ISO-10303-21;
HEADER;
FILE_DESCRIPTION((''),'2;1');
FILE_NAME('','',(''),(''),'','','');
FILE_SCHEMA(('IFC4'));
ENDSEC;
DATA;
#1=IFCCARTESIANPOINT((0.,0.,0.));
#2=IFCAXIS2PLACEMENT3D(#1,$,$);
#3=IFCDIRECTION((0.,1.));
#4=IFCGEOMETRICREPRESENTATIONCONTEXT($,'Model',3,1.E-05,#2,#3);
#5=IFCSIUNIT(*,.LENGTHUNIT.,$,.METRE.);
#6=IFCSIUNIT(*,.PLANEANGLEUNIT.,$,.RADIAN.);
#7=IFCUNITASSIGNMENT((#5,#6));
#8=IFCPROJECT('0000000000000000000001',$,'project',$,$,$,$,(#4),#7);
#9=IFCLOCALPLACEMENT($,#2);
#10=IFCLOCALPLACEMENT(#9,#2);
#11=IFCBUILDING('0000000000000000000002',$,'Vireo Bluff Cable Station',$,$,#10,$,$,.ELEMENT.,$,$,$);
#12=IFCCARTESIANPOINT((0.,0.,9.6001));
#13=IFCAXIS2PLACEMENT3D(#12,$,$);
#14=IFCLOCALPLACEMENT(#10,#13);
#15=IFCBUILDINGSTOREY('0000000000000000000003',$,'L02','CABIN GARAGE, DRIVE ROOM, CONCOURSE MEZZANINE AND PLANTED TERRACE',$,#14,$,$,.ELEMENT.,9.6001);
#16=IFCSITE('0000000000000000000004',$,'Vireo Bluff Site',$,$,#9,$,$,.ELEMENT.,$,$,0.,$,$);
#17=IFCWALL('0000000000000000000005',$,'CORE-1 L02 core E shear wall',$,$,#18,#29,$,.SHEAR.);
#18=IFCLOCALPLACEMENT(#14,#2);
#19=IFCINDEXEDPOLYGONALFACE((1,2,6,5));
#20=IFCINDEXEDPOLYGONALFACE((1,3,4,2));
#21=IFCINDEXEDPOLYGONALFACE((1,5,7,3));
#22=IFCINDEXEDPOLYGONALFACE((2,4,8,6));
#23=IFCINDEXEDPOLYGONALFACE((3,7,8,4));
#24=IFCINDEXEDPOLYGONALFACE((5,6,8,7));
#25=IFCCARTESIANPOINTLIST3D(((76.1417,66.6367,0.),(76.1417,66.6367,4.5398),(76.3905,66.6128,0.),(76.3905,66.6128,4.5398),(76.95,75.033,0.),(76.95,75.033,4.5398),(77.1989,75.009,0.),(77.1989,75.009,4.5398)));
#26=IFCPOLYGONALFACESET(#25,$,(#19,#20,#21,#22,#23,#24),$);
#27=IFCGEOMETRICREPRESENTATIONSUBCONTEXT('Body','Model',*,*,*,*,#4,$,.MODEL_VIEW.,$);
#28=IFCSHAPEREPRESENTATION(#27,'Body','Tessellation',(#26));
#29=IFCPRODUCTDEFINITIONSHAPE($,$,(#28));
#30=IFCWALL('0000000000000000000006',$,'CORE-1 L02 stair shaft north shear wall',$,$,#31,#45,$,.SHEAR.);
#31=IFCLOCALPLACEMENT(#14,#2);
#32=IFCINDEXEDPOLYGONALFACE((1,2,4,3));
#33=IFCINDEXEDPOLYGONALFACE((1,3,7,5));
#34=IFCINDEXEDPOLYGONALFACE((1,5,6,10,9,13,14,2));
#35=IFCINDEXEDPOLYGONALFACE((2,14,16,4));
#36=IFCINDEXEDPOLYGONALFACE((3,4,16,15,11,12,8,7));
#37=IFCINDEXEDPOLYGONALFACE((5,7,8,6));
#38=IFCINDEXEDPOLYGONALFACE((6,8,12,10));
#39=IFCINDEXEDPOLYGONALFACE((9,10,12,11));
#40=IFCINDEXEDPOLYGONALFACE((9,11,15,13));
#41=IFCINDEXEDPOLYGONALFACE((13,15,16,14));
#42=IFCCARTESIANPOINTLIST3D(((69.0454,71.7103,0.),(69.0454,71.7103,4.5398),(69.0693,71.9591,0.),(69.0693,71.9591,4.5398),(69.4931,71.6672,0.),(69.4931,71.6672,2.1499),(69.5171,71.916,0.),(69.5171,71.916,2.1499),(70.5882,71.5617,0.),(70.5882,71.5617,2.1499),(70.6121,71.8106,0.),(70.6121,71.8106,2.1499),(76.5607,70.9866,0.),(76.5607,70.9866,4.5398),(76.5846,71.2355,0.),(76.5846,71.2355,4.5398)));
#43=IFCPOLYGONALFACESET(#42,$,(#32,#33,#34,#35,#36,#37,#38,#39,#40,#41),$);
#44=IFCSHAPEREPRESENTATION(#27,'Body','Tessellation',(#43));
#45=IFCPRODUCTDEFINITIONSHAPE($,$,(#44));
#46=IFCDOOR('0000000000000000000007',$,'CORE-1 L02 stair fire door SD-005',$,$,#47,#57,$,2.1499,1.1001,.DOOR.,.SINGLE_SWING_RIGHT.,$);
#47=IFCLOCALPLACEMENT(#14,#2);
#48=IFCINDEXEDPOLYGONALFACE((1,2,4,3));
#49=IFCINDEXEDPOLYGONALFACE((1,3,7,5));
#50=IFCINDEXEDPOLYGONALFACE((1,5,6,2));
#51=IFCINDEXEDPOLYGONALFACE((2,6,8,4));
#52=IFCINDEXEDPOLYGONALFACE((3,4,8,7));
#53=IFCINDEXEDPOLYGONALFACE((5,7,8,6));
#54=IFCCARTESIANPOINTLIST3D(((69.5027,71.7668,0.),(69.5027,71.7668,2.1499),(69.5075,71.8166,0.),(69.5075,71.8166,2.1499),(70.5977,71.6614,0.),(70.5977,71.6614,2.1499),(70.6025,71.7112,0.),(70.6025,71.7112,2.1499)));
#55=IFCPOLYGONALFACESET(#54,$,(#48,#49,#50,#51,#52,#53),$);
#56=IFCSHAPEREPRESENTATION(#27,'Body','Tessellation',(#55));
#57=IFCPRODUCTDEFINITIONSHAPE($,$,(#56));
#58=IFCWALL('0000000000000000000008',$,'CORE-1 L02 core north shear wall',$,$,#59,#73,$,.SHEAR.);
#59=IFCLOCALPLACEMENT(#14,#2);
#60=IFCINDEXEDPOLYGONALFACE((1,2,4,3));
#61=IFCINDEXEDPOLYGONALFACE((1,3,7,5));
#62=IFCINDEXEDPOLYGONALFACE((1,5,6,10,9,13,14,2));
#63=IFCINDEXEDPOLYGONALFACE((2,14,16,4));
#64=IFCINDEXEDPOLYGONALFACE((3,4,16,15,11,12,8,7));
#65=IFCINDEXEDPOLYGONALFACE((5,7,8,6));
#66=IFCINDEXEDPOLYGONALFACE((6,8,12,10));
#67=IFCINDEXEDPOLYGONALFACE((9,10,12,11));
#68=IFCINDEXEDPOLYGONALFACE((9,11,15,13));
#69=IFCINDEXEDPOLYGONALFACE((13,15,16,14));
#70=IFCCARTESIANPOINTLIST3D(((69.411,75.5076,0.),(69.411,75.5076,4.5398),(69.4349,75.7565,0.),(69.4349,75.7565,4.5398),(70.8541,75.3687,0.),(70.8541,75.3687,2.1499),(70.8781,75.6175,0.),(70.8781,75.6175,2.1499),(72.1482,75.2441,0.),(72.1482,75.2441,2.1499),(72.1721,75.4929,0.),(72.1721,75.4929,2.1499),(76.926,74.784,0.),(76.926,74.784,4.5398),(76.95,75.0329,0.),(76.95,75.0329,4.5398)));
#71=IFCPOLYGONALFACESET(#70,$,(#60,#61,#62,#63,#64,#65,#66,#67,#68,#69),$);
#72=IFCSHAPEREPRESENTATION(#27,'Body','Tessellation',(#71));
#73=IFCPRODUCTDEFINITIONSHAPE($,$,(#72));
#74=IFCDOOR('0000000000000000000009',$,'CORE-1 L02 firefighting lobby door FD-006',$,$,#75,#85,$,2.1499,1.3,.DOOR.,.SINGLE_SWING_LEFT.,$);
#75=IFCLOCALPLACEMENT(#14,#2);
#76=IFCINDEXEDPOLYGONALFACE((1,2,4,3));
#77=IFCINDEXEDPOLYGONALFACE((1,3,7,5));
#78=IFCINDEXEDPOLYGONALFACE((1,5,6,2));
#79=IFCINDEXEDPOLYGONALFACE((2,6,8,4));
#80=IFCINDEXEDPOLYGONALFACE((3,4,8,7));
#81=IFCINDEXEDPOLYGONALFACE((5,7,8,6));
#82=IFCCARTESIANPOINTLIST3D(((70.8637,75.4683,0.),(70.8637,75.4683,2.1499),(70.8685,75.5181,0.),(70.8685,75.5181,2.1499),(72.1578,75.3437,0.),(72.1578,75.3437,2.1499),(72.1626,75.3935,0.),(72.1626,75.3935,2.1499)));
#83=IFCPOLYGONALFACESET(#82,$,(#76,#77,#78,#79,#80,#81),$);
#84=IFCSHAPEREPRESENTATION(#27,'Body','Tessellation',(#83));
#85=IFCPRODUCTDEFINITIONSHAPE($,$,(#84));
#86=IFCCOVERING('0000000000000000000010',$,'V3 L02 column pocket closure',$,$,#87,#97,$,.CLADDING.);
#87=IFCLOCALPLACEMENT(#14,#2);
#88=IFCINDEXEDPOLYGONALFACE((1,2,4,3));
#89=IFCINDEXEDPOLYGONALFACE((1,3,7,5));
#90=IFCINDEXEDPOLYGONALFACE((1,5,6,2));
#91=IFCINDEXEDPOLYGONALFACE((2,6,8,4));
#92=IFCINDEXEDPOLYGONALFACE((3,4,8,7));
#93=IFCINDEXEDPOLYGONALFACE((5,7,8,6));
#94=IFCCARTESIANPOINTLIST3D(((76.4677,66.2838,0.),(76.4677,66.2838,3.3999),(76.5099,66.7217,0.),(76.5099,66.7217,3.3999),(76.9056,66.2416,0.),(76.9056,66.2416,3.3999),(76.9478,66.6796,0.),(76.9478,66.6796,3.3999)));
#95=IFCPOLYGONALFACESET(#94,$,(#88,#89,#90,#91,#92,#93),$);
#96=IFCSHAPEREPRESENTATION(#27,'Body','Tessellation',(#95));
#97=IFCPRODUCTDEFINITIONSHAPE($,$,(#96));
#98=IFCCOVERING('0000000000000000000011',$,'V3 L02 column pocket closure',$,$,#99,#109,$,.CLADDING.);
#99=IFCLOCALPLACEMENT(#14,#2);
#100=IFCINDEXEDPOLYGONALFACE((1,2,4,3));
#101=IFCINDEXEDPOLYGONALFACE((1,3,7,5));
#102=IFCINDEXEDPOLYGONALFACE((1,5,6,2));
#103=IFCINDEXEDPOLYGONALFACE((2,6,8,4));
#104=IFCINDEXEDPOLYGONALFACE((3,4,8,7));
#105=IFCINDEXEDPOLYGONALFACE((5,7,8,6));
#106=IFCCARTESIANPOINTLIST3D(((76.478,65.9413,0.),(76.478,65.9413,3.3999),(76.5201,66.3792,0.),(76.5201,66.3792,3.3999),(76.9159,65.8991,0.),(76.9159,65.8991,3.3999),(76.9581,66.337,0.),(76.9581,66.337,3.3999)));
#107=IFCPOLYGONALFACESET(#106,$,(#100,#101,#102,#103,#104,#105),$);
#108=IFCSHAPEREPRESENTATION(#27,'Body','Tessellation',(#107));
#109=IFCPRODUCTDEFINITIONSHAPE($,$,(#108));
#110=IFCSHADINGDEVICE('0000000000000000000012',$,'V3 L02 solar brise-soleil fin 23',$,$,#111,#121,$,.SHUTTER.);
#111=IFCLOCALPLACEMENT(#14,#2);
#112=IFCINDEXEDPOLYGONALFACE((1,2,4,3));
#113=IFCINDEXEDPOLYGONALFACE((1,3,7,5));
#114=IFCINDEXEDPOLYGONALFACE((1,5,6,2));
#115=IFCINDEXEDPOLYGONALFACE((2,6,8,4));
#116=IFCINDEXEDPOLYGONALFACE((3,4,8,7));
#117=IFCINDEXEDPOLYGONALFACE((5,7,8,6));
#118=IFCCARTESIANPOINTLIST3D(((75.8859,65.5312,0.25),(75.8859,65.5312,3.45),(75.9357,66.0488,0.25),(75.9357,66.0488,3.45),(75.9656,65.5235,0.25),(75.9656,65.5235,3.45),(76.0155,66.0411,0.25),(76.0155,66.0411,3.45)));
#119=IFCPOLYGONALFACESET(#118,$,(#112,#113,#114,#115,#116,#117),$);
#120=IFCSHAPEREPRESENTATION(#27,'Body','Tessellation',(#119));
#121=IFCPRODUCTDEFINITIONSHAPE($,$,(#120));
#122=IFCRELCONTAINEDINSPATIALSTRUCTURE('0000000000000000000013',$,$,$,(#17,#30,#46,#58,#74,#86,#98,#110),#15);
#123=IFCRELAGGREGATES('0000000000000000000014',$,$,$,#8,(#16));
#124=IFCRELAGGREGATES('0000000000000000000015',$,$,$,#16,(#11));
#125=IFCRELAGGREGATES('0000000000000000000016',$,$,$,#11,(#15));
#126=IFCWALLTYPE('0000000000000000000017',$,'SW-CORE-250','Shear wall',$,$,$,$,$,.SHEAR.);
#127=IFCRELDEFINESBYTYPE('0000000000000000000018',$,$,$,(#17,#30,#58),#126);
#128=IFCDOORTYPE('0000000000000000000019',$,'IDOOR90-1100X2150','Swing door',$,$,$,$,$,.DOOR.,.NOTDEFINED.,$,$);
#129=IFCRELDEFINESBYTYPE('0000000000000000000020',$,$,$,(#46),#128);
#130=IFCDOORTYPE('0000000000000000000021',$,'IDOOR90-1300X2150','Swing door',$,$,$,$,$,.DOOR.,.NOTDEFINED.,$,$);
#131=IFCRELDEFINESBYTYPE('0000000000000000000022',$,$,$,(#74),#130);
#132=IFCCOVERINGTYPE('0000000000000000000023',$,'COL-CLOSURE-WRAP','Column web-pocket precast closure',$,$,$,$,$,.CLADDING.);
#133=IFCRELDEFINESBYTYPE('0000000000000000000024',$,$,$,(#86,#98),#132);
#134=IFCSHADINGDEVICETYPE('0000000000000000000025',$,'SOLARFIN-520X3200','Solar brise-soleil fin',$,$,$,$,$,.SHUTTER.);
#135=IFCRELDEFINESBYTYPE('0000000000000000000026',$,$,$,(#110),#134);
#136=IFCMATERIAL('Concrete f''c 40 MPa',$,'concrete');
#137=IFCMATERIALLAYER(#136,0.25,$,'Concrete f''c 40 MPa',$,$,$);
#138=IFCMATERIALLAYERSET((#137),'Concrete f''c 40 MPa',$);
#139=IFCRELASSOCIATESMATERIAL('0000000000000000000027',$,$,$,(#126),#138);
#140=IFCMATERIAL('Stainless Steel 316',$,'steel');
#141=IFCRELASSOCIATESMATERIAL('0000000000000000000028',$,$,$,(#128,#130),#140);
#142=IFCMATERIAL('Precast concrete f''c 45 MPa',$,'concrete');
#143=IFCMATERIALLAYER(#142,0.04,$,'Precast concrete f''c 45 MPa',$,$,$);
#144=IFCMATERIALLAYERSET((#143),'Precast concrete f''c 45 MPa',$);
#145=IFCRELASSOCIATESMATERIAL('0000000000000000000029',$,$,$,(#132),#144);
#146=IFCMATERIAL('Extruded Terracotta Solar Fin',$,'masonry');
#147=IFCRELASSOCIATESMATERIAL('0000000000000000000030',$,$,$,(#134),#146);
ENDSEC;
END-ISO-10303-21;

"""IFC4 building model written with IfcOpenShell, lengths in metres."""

from ifc_helpers import new_model, si_unit, direction, frame, frame_2d, origin, origin_with_axes, origin_2d, place, context, subcontext, project, spatial, rectangle, extrude, material, layer, layer_set, type_object, element, fill, save


model = new_model("IFC4")

# Units and contexts
model_context = context("Model", 3, precision=1e-05, world=origin(), true_north=direction((0.0, 1.0)))
body_context = subcontext(model_context, "Body", "Model", "MODEL_VIEW")
ifc_project = project(units=[si_unit("LENGTHUNIT", "METRE"), si_unit("PLANEANGLEUNIT", "RADIAN")], contexts=[model_context])

# Site, building, storey
site_placement = place(None, origin())
site = spatial("IfcSite", under=ifc_project, at=site_placement, Name="Vireo Bluff Site", CompositionType="ELEMENT", RefElevation=0.0)
building_placement = place(site_placement, origin())
building = spatial("IfcBuilding", under=site, at=building_placement, Name="Vireo Bluff Cable Station", CompositionType="ELEMENT")
storey_placement = place(building_placement, frame((0.0, 0.0, 9.6001)))
storey = spatial("IfcBuildingStorey", under=building, at=storey_placement, Name="L02", Description="CABIN GARAGE, DRIVE ROOM, CONCOURSE MEZZANINE AND PLANTED TERRACE", CompositionType="ELEMENT", Elevation=9.6001)

# Shared definitions
ifc_material_1 = material(Name="Precast concrete f'c 45 MPa", Category="concrete")

# Wall
ifc_material_2 = material(Name="Concrete f'c 40 MPa", Category="concrete")
ifc_layer_1 = layer(ifc_material_2, 0.25, Name="Concrete f'c 40 MPa")
ifc_layer_set_1 = layer_set([ifc_layer_1], Name="Concrete f'c 40 MPa")
wall_type_1 = type_object("IfcWallType", Name="SW-CORE-250", Description="Shear wall", PredefinedType="SHEAR", material=ifc_layer_set_1)
wall_1_placement = place(storey_placement, frame((76.2661, 66.6248, 0.0), z_axis=(0.0, 0.0, 1.0), x_axis=(0.095832, 0.995398, 0.0)))
element("IfcWall", 1, at=wall_1_placement, inside=storey, type_object=wall_type_1, Name="CORE-1 L02 core E shear wall", PredefinedType="SHEAR", context=body_context, shape_type="SweptSolid", body=[
    extrude(rectangle(XDim=8.4351, YDim=0.25, at=frame_2d((4.2175, 0.0))), origin(), (0.0, 0.0, 1.0), 4.5398),
])

# Walls, openings, doors
wall_2_placement = place(storey_placement, frame((76.5725, 71.1111, 0.0), z_axis=(0.0, 0.0, 1.0), x_axis=(-0.995396, 0.095844, 0.0)))
wall_2 = element("IfcWall", 2, at=wall_2_placement, inside=storey, type_object=wall_type_1, Name="CORE-1 L02 stair shaft north shear wall", PredefinedType="SHEAR", context=body_context, shape_type="SweptSolid", body=[
    extrude(rectangle(XDim=7.55, YDim=0.25, at=frame_2d((3.7749, 0.0))), origin(), (0.0, 0.0, 1.0), 4.5398),
])
opening_1_placement = place(wall_2_placement, frame((6.0, 0.0, 0.0)))
opening_1 = element("IfcOpeningElement", 3, at=opening_1_placement, cuts=wall_2, PredefinedType="OPENING", context=body_context, shape_type="SweptSolid", body=[
    extrude(rectangle(XDim=1.1001, YDim=2.1499, at=frame_2d((0.55, 1.075))), frame((0.0, 0.135, 0.0), z_axis=(0.0, -1.0, 0.0), x_axis=(1.0, 0.0, 0.0)), (0.0, 0.0, 1.0), 0.27),
])
ifc_material_3 = material(Name="Stainless Steel 316", Category="steel")
door_type_1 = type_object("IfcDoorType", Name="IDOOR90-1100X2150", Description="Swing door", OperationType="NOTDEFINED", PredefinedType="DOOR", material=ifc_material_3)
door_1_placement = place(opening_1_placement, origin_with_axes())
door_1 = element("IfcDoor", 4, at=door_1_placement, inside=storey, type_object=door_type_1, Name="CORE-1 L02 stair fire door SD-005", OperationType="SINGLE_SWING_RIGHT", OverallHeight=2.1499, OverallWidth=1.1001, PredefinedType="DOOR", context=body_context, shape_type="SweptSolid", body=[
    extrude(rectangle(XDim=1.1001, YDim=2.1499, at=frame_2d((0.55, 1.075))), frame((0.0, 0.0249, 0.0), z_axis=(0.0, -1.0, 0.0), x_axis=(1.0, 0.0, 0.0)), (0.0, 0.0, 1.0), 0.05),
])
fill(opening_1, door_1)
wall_3_placement = place(storey_placement, frame((76.938, 74.9084, 0.0), z_axis=(0.0, 0.0, 1.0), x_axis=(-0.995396, 0.095847, 0.0)))
wall_3 = element("IfcWall", 5, at=wall_3_placement, inside=storey, type_object=wall_type_1, Name="CORE-1 L02 core north shear wall", PredefinedType="SHEAR", context=body_context, shape_type="SweptSolid", body=[
    extrude(rectangle(XDim=7.5498, YDim=0.25, at=frame_2d((3.7749, 0.0))), origin(), (0.0, 0.0, 1.0), 4.5398),
])
opening_2_placement = place(wall_3_placement, frame((4.8, 0.0, 0.0)))
opening_2 = element("IfcOpeningElement", 6, at=opening_2_placement, cuts=wall_3, PredefinedType="OPENING", context=body_context, shape_type="SweptSolid", body=[
    extrude(rectangle(XDim=1.3, YDim=2.1499, at=frame_2d((0.6499, 1.075))), frame((0.0, 0.135, 0.0), z_axis=(0.0, -1.0, 0.0), x_axis=(1.0, 0.0, 0.0)), (0.0, 0.0, 1.0), 0.27),
])
door_type_2 = type_object("IfcDoorType", Name="IDOOR90-1300X2150", Description="Swing door", OperationType="NOTDEFINED", PredefinedType="DOOR", material=ifc_material_3)
door_2_placement = place(opening_2_placement, origin_with_axes())
door_2 = element("IfcDoor", 7, at=door_2_placement, inside=storey, type_object=door_type_2, Name="CORE-1 L02 firefighting lobby door FD-006", OperationType="SINGLE_SWING_LEFT", OverallHeight=2.1499, OverallWidth=1.3, PredefinedType="DOOR", context=body_context, shape_type="SweptSolid", body=[
    extrude(rectangle(XDim=1.3, YDim=2.1499, at=frame_2d((0.6499, 1.075))), frame((0.0, 0.0249, 0.0), z_axis=(0.0, -1.0, 0.0), x_axis=(1.0, 0.0, 0.0)), (0.0, 0.0, 1.0), 0.05),
])
fill(opening_2, door_2)

# Coverings
ifc_layer_2 = layer(ifc_material_1, 0.04, Name="Precast concrete f'c 45 MPa")
ifc_layer_set_2 = layer_set([ifc_layer_2], Name="Precast concrete f'c 45 MPa")
covering_type = type_object("IfcCoveringType", Name="COL-CLOSURE-WRAP", Description="Column web-pocket precast closure", PredefinedType="CLADDING", material=ifc_layer_set_2)
for number, where, z_axis, x_axis, name in (
    (8, (76.7078, 66.4817, 0.0), (0.0, 0.0, 1.0), (0.995396, -0.095846, 0.0), "V3 L02 column pocket closure"),
    (9, (76.718, 66.1392, 0.0), (0.0, 0.0, 1.0), (0.995396, -0.095846, 0.0), "V3 L02 column pocket closure"),
):
    element("IfcCovering", number, at=place(storey_placement, frame(where, z_axis=z_axis, x_axis=x_axis)), inside=storey, type_object=covering_type, Name=name, PredefinedType="CLADDING", context=body_context, shape_type="SweptSolid", body=[
        extrude(rectangle(XDim=0.4399, YDim=0.4399, at=origin_2d()), origin(), (0.0, 0.0, 1.0), 3.3999),
    ])

# Shading device
ifc_material_4 = material(Name="Extruded Terracotta Solar Fin", Category="masonry")
shading_device_type = type_object("IfcShadingDeviceType", Name="SOLARFIN-520X3200", Description="Solar brise-soleil fin", PredefinedType="SHUTTER", material=ifc_material_4)
shading_device_placement = place(storey_placement, frame((75.9507, 65.7861, 0.25), z_axis=(0.0, 0.0, 1.0), x_axis=(-0.995396, 0.095846, 0.0)))
element("IfcShadingDevice", 10, at=shading_device_placement, inside=storey, type_object=shading_device_type, Name="V3 L02 solar brise-soleil fin 23", PredefinedType="SHUTTER", context=body_context, shape_type="SweptSolid", body=[
    extrude(rectangle(XDim=0.0801, YDim=0.52, at=origin_2d()), origin(), (0.0, 0.0, 1.0), 3.2),
])

save(model, "model.ifc")
